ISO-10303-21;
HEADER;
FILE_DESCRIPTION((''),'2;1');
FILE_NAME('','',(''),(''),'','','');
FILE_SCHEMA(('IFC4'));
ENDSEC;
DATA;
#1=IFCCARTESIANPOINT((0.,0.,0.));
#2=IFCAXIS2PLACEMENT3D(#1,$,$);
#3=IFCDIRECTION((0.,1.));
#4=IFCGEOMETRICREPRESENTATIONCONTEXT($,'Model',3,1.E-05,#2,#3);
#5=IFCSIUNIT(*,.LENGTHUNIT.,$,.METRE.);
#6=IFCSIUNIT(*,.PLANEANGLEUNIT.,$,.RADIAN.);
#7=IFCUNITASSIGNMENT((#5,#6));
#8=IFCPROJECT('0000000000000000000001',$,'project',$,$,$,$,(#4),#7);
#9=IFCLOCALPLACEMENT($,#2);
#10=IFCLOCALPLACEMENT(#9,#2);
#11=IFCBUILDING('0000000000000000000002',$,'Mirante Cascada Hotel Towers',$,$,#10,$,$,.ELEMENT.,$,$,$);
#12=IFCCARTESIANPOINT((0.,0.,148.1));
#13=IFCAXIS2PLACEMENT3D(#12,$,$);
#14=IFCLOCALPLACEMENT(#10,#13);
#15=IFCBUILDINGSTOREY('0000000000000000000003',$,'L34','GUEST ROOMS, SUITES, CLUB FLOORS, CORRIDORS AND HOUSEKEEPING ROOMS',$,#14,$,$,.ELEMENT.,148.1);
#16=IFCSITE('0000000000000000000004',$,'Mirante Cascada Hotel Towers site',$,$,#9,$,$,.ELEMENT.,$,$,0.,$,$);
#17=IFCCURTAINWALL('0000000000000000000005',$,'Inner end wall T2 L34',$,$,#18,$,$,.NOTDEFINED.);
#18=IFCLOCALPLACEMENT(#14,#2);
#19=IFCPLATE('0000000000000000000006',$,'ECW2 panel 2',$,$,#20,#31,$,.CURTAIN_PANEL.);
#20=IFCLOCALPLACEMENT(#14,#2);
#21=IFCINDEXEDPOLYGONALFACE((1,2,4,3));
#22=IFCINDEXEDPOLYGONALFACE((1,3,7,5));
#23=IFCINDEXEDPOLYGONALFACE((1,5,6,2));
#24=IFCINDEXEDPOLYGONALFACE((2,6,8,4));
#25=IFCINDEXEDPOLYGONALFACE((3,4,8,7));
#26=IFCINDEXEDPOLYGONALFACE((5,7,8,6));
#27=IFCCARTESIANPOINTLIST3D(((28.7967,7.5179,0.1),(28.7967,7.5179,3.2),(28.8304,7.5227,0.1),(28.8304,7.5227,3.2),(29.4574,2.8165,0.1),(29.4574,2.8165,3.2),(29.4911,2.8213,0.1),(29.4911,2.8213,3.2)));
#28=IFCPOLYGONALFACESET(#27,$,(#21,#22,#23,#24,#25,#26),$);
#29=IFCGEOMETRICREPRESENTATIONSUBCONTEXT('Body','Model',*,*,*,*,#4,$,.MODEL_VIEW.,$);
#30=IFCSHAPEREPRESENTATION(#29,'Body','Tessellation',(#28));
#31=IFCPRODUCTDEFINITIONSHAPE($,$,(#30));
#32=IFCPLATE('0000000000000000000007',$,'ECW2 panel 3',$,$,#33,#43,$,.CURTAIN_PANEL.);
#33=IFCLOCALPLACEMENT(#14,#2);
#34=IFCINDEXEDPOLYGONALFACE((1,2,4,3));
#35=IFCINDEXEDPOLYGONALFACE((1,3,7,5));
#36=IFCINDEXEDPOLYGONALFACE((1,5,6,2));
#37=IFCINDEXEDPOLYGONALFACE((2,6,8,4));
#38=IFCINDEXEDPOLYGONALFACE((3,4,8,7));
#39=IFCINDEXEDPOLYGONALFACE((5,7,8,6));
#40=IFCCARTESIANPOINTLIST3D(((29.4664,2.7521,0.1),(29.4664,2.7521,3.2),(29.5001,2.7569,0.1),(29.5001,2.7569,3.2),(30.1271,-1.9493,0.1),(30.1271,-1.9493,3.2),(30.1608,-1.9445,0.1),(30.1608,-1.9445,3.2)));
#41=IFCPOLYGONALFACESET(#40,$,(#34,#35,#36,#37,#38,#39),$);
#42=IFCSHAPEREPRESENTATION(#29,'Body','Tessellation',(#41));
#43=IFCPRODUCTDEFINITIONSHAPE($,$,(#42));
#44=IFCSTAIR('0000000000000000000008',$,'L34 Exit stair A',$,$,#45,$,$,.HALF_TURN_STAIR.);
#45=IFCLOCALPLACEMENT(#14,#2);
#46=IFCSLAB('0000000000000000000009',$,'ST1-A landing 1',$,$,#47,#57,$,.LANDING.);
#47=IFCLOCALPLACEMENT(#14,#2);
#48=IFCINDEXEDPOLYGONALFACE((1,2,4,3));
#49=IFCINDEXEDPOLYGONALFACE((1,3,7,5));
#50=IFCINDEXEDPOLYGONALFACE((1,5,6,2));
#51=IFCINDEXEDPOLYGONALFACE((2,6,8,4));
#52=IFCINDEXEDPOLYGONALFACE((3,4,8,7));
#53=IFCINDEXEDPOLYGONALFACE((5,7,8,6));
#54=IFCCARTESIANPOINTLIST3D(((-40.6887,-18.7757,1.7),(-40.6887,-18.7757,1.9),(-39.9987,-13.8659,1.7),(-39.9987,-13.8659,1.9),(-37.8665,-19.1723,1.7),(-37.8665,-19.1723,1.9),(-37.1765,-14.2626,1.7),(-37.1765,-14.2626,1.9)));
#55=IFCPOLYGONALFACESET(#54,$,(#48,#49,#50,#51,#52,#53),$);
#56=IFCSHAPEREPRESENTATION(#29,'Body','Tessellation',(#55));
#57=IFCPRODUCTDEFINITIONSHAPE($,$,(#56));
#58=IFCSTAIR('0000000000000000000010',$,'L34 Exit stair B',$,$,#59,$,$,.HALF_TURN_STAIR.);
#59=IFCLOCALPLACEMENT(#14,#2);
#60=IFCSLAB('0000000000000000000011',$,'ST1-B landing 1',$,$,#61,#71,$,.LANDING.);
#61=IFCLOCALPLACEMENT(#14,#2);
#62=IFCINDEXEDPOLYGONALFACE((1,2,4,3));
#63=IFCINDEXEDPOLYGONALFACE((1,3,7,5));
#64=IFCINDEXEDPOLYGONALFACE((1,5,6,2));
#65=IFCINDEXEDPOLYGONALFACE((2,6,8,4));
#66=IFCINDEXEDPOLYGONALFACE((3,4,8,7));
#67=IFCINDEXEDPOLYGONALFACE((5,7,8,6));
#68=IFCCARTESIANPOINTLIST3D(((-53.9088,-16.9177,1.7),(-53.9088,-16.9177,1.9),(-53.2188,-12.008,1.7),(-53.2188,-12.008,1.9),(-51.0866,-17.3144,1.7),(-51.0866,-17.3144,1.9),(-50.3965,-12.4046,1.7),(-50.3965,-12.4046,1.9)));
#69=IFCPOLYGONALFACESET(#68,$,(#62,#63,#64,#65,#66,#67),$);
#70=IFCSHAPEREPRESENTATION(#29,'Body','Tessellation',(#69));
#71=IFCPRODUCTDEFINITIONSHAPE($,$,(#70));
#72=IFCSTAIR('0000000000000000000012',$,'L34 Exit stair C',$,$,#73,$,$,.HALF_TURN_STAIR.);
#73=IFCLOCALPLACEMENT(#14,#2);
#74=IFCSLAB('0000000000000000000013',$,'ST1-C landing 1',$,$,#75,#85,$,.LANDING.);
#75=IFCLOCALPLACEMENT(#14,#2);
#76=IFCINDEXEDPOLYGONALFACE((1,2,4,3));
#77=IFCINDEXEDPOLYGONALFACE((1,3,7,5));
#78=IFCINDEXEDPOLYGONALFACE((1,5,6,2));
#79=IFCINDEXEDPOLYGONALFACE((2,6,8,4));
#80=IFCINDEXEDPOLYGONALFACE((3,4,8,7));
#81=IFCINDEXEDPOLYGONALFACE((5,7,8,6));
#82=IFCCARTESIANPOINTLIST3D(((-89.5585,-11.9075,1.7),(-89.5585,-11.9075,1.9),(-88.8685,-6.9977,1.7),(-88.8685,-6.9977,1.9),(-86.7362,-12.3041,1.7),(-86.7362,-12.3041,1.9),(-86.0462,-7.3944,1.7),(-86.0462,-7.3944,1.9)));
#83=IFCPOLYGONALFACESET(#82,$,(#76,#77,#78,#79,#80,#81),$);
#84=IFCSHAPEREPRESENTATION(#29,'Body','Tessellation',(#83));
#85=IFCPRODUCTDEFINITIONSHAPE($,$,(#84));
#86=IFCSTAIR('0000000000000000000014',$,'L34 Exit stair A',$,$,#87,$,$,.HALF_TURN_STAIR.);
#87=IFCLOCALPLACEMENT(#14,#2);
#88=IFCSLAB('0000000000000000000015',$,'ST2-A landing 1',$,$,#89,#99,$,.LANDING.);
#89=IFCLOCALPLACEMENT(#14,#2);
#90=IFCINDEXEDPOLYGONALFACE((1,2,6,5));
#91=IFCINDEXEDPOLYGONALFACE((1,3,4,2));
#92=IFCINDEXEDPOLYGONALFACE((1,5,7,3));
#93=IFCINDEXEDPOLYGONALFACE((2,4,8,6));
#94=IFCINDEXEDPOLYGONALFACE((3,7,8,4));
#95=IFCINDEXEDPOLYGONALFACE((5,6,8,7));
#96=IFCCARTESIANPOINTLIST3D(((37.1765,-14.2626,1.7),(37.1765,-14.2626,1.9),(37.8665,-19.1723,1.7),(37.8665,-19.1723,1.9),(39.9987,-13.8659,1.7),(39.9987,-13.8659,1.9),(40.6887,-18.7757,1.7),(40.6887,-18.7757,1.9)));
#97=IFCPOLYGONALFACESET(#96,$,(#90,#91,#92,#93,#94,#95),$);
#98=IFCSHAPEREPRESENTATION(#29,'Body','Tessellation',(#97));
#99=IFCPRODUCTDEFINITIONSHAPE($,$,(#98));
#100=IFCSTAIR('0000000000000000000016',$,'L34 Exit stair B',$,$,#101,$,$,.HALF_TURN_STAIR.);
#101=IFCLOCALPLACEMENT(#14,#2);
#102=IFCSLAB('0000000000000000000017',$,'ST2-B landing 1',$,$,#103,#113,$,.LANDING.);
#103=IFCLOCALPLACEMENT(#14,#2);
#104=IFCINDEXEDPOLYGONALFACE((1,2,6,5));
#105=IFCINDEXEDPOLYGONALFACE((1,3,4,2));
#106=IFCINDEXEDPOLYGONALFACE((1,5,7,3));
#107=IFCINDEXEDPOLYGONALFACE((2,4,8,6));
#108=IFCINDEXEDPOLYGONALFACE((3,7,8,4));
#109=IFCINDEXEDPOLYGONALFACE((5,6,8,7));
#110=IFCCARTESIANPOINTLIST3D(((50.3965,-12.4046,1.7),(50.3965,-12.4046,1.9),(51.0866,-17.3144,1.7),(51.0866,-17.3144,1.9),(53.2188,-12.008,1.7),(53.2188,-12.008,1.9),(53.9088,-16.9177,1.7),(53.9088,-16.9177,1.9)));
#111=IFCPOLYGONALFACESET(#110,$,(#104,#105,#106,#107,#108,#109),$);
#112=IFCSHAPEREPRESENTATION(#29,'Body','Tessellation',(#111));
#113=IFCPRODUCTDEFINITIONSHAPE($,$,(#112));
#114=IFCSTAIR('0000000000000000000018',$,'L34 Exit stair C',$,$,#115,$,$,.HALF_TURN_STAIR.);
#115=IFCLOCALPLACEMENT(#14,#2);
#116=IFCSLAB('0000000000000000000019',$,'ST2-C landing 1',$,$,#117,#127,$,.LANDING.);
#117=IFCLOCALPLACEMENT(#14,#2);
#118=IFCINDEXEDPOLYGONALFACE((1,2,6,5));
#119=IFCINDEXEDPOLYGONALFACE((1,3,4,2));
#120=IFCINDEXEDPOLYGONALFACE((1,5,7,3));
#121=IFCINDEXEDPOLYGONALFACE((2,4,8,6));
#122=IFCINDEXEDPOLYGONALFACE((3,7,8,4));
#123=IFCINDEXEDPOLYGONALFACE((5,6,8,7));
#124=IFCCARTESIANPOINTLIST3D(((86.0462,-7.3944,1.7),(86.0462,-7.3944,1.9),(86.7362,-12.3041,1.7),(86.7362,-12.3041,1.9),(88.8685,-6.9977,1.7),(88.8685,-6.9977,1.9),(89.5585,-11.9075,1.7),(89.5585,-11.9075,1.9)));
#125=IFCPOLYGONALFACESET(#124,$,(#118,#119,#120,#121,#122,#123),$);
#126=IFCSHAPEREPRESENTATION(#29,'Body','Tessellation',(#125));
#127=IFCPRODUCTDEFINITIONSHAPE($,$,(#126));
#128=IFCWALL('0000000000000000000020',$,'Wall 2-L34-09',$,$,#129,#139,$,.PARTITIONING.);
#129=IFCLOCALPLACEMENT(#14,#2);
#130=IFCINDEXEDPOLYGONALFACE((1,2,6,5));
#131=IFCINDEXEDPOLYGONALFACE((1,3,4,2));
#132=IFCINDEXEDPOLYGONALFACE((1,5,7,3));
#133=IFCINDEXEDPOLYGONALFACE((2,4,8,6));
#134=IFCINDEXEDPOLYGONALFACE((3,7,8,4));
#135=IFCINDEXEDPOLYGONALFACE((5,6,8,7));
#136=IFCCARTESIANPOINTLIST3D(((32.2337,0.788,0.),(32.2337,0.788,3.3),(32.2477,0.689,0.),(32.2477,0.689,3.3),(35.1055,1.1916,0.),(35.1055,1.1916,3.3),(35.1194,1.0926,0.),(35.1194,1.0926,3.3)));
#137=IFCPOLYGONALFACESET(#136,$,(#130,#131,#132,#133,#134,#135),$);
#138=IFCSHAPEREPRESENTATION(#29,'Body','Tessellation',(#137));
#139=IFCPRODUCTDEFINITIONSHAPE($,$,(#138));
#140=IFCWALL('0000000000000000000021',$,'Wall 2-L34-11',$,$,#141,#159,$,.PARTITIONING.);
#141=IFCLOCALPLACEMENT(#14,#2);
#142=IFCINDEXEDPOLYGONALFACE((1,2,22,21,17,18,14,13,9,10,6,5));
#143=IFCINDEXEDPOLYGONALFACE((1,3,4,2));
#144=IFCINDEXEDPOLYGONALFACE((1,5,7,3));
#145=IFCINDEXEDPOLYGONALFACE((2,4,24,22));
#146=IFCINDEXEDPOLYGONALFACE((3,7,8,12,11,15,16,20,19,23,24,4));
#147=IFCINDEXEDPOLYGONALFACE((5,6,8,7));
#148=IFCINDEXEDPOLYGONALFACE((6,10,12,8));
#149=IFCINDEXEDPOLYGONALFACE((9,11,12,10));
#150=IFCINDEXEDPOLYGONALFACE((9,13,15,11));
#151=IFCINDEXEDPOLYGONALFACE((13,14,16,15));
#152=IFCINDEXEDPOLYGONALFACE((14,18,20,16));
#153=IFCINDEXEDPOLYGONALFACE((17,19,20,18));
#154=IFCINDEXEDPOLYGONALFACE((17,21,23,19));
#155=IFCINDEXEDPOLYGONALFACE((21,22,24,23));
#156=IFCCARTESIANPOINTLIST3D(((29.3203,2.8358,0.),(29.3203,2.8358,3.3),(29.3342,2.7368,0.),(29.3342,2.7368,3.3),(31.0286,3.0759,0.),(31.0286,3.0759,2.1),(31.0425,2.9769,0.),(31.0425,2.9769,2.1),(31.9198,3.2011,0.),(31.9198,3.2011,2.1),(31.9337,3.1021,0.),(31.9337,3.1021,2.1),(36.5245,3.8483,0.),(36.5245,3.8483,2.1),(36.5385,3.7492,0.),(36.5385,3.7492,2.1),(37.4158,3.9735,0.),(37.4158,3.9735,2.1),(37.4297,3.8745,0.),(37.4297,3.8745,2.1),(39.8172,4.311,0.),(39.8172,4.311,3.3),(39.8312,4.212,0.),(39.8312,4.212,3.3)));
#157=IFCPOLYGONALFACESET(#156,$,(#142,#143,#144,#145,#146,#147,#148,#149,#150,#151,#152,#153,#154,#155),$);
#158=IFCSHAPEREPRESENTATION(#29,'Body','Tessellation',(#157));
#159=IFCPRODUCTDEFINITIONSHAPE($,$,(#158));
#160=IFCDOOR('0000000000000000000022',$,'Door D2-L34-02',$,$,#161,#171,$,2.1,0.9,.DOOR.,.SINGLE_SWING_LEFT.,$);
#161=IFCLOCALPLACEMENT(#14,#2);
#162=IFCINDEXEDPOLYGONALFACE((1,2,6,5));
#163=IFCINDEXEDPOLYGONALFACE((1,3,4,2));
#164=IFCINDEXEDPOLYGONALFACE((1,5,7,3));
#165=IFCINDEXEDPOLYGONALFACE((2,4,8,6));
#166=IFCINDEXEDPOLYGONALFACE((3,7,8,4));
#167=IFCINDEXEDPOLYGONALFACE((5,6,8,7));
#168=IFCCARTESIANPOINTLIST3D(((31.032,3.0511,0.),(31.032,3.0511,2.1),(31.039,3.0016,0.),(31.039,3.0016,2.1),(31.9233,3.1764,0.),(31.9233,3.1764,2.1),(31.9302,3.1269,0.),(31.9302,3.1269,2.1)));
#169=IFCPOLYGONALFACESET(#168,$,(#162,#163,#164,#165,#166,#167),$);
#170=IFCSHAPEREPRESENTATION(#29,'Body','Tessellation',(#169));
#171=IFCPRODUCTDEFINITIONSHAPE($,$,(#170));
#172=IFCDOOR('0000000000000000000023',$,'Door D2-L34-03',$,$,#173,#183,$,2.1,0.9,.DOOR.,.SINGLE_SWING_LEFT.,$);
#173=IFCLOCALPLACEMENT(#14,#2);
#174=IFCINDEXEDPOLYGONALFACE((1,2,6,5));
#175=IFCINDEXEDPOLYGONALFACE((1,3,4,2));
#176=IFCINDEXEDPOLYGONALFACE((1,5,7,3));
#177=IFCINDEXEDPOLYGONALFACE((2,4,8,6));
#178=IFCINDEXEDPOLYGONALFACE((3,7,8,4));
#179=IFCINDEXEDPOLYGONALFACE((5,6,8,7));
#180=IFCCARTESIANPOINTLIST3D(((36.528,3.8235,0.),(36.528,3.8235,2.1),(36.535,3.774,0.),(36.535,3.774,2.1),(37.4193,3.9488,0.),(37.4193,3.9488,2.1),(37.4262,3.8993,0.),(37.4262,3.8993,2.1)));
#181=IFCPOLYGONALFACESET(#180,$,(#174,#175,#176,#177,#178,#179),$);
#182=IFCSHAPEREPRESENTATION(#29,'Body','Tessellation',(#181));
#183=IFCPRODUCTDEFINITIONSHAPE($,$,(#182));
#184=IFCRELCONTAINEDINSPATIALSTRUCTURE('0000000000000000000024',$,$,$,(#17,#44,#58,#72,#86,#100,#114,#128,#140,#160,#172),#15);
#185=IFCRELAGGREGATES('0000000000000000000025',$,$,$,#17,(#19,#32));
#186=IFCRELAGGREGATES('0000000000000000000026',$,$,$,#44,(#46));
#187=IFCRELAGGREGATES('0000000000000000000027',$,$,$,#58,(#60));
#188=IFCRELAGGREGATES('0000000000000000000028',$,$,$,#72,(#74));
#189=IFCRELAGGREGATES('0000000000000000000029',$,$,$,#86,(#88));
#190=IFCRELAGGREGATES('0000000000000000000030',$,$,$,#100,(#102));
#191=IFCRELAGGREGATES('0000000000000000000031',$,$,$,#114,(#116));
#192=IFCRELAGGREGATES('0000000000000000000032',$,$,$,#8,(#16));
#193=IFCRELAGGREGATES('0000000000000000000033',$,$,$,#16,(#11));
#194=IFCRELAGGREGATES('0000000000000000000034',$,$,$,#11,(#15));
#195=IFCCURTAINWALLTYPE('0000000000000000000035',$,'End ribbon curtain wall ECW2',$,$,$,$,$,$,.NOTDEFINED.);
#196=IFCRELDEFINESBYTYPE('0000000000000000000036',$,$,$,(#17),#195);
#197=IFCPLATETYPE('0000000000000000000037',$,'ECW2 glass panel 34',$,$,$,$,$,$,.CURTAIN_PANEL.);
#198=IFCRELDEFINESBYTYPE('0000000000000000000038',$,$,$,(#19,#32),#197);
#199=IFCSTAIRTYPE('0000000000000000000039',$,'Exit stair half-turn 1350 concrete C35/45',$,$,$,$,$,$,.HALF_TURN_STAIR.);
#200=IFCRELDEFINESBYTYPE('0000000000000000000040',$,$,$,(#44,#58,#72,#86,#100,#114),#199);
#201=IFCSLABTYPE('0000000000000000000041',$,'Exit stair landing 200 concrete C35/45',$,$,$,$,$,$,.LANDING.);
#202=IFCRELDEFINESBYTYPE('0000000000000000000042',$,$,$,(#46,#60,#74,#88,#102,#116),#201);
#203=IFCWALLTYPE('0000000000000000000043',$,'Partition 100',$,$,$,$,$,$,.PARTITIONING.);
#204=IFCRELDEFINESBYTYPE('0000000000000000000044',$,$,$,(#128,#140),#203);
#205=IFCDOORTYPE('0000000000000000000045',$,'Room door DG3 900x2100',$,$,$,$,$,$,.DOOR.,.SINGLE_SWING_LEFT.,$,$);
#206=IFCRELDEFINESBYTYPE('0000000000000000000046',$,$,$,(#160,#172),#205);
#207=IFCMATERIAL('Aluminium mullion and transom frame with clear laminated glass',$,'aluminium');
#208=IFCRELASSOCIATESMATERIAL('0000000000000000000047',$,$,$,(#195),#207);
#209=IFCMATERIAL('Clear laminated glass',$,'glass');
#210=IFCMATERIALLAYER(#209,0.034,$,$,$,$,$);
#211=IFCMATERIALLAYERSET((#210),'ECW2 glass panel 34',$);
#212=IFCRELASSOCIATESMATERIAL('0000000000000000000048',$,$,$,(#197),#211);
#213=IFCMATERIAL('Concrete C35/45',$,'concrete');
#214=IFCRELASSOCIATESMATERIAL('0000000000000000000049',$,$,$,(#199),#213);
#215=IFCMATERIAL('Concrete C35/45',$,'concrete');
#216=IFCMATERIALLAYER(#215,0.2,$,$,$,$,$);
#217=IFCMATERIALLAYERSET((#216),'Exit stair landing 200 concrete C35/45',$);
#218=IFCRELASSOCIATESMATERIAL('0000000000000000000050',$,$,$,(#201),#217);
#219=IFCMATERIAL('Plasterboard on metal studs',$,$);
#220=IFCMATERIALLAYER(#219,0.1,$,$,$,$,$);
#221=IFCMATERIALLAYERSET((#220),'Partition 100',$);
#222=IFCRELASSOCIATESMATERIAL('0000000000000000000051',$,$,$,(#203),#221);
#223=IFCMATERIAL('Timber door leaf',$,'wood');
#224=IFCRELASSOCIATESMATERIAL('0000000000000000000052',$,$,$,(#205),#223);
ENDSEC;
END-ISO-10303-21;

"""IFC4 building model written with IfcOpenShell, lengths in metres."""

from ifc_helpers import new_model, si_unit, direction, frame, frame_2d, origin, origin_2d, place, context, subcontext, project, spatial, polyline, rectangle, outline, extrude, material, layer, layer_set, type_object, element, fill, aggregate, save


model = new_model("IFC4")

# Units and contexts
model_context = context("Model", 3, precision=1e-05, world=origin(), true_north=direction((0.0, 1.0)))
body_context = subcontext(model_context, "Body", "Model", "MODEL_VIEW")
ifc_project = project(units=[si_unit("LENGTHUNIT", "METRE"), si_unit("PLANEANGLEUNIT", "RADIAN")], contexts=[model_context])

# Site, building, storey
site_placement = place(None, origin())
site = spatial("IfcSite", under=ifc_project, at=site_placement, Name="Mirante Cascada Hotel Towers site", CompositionType="ELEMENT", RefElevation=0.0)
building_placement = place(site_placement, origin())
building = spatial("IfcBuilding", under=site, at=building_placement, Name="Mirante Cascada Hotel Towers", CompositionType="ELEMENT")
storey_placement = place(building_placement, frame((0.0, 0.0, 148.1)))
storey = spatial("IfcBuildingStorey", under=building, at=storey_placement, Name="L34", Description="GUEST ROOMS, SUITES, CLUB FLOORS, CORRIDORS AND HOUSEKEEPING ROOMS", CompositionType="ELEMENT", Elevation=148.1)

# Curtain wall
ifc_material_1 = material(Name="Aluminium mullion and transom frame with clear laminated glass", Category="aluminium")
curtain_wall_type_1 = type_object("IfcCurtainWallType", Name="End ribbon curtain wall ECW2", PredefinedType="NOTDEFINED", material=ifc_material_1)
curtain_wall_1_placement = place(storey_placement, origin())
curtain_wall_1 = element("IfcCurtainWall", 1, at=curtain_wall_1_placement, inside=storey, type_object=curtain_wall_type_1, Name="Inner end wall T2 L34", PredefinedType="NOTDEFINED")

# Plates
ifc_material_2 = material(Name="Clear laminated glass", Category="glass")
ifc_layer_1 = layer(ifc_material_2, 0.034)
ifc_layer_set_1 = layer_set([ifc_layer_1], Name="ECW2 glass panel 34")
plate_type_1 = type_object("IfcPlateType", Name="ECW2 glass panel 34", PredefinedType="CURTAIN_PANEL", material=ifc_layer_set_1)
plate_1_placement = place(storey_placement, frame((29.1439, 5.1696, 0.1), z_axis=(0.0, 0.0, 1.0), x_axis=(0.139173, -0.990268, 0.0)))
plate_1 = element("IfcPlate", 2, at=plate_1_placement, type_object=plate_type_1, Name="ECW2 panel 2", PredefinedType="CURTAIN_PANEL", context=body_context, shape_type="SweptSolid", body=[
    extrude(rectangle(XDim=4.7476, YDim=0.034, at=origin_2d()), origin(), (0.0, 0.0, 1.0), 3.1),
])
plate_2_placement = place(storey_placement, frame((29.8136, 0.4038, 0.1), z_axis=(0.0, 0.0, 1.0), x_axis=(0.139173, -0.990268, 0.0)))
plate_2 = element("IfcPlate", 3, at=plate_2_placement, type_object=plate_type_1, Name="ECW2 panel 3", PredefinedType="CURTAIN_PANEL", context=body_context, shape_type="SweptSolid", body=[
    extrude(rectangle(XDim=4.7476, YDim=0.034, at=origin_2d()), origin(), (0.0, 0.0, 1.0), 3.1),
])
aggregate(curtain_wall_1, [plate_1, plate_2])

# Stairs, slabs
ifc_material_3 = material(Name="Concrete C35/45", Category="concrete")
stair_type = type_object("IfcStairType", Name="Exit stair half-turn 1350 concrete C35/45", PredefinedType="HALF_TURN_STAIR", material=ifc_material_3)
stair_1_placement = place(storey_placement, origin())
stair_1 = element("IfcStair", 4, at=stair_1_placement, inside=storey, type_object=stair_type, Name="L34 Exit stair A", PredefinedType="HALF_TURN_STAIR")
ifc_material_4 = material(Name="Concrete C35/45", Category="concrete")
ifc_layer_2 = layer(ifc_material_4, 0.2)
ifc_layer_set_2 = layer_set([ifc_layer_2], Name="Exit stair landing 200 concrete C35/45")
slab_type = type_object("IfcSlabType", Name="Exit stair landing 200 concrete C35/45", PredefinedType="LANDING", material=ifc_layer_set_2)
slab_1_placement = place(storey_placement, frame((0.0, 0.0, 1.7)))
slab_1 = element("IfcSlab", 5, at=slab_1_placement, type_object=slab_type, Name="ST1-A landing 1", PredefinedType="LANDING", context=body_context, shape_type="SweptSolid", body=[
    extrude(outline(polyline([(-39.9987, -13.8659), (-40.6887, -18.7757), (-37.8665, -19.1723), (-37.1765, -14.2626), (-39.9987, -13.8659)])), origin(), (0.0, 0.0, 1.0), 0.2),
])
aggregate(stair_1, [slab_1])
stair_2_placement = place(storey_placement, origin())
stair_2 = element("IfcStair", 6, at=stair_2_placement, inside=storey, type_object=stair_type, Name="L34 Exit stair B", PredefinedType="HALF_TURN_STAIR")
slab_2_placement = place(storey_placement, frame((0.0, 0.0, 1.7)))
slab_2 = element("IfcSlab", 7, at=slab_2_placement, type_object=slab_type, Name="ST1-B landing 1", PredefinedType="LANDING", context=body_context, shape_type="SweptSolid", body=[
    extrude(outline(polyline([(-53.2188, -12.008), (-53.9088, -16.9177), (-51.0866, -17.3144), (-50.3965, -12.4046), (-53.2188, -12.008)])), origin(), (0.0, 0.0, 1.0), 0.2),
])
aggregate(stair_2, [slab_2])
stair_3_placement = place(storey_placement, origin())
stair_3 = element("IfcStair", 8, at=stair_3_placement, inside=storey, type_object=stair_type, Name="L34 Exit stair C", PredefinedType="HALF_TURN_STAIR")
slab_3_placement = place(storey_placement, frame((0.0, 0.0, 1.7)))
slab_3 = element("IfcSlab", 9, at=slab_3_placement, type_object=slab_type, Name="ST1-C landing 1", PredefinedType="LANDING", context=body_context, shape_type="SweptSolid", body=[
    extrude(outline(polyline([(-88.8685, -6.9977), (-89.5585, -11.9075), (-86.7362, -12.3041), (-86.0462, -7.3944), (-88.8685, -6.9977)])), origin(), (0.0, 0.0, 1.0), 0.2),
])
aggregate(stair_3, [slab_3])
stair_4_placement = place(storey_placement, origin())
stair_4 = element("IfcStair", 10, at=stair_4_placement, inside=storey, type_object=stair_type, Name="L34 Exit stair A", PredefinedType="HALF_TURN_STAIR")
slab_4_placement = place(storey_placement, frame((0.0, 0.0, 1.7)))
slab_4 = element("IfcSlab", 11, at=slab_4_placement, type_object=slab_type, Name="ST2-A landing 1", PredefinedType="LANDING", context=body_context, shape_type="SweptSolid", body=[
    extrude(outline(polyline([(37.1765, -14.2626), (37.8665, -19.1723), (40.6887, -18.7757), (39.9987, -13.8659), (37.1765, -14.2626)])), origin(), (0.0, 0.0, 1.0), 0.2),
])
aggregate(stair_4, [slab_4])
stair_5_placement = place(storey_placement, origin())
stair_5 = element("IfcStair", 12, at=stair_5_placement, inside=storey, type_object=stair_type, Name="L34 Exit stair B", PredefinedType="HALF_TURN_STAIR")
slab_5_placement = place(storey_placement, frame((0.0, 0.0, 1.7)))
slab_5 = element("IfcSlab", 13, at=slab_5_placement, type_object=slab_type, Name="ST2-B landing 1", PredefinedType="LANDING", context=body_context, shape_type="SweptSolid", body=[
    extrude(outline(polyline([(50.3965, -12.4046), (51.0866, -17.3144), (53.9088, -16.9177), (53.2188, -12.008), (50.3965, -12.4046)])), origin(), (0.0, 0.0, 1.0), 0.2),
])
aggregate(stair_5, [slab_5])
stair_6_placement = place(storey_placement, origin())
stair_6 = element("IfcStair", 14, at=stair_6_placement, inside=storey, type_object=stair_type, Name="L34 Exit stair C", PredefinedType="HALF_TURN_STAIR")
slab_6_placement = place(storey_placement, frame((0.0, 0.0, 1.7)))
slab_6 = element("IfcSlab", 15, at=slab_6_placement, type_object=slab_type, Name="ST2-C landing 1", PredefinedType="LANDING", context=body_context, shape_type="SweptSolid", body=[
    extrude(outline(polyline([(86.0462, -7.3944), (86.7362, -12.3041), (89.5585, -11.9075), (88.8685, -6.9977), (86.0462, -7.3944)])), origin(), (0.0, 0.0, 1.0), 0.2),
])
aggregate(stair_6, [slab_6])

# Wall
ifc_material_5 = material(Name="Plasterboard on metal studs")
ifc_layer_3 = layer(ifc_material_5, 0.1)
ifc_layer_set_3 = layer_set([ifc_layer_3], Name="Partition 100")
wall_type_1 = type_object("IfcWallType", Name="Partition 100", PredefinedType="PARTITIONING", material=ifc_layer_set_3)
wall_1_placement = place(storey_placement, frame((32.2407, 0.7385, 0.0), z_axis=(0.0, 0.0, 1.0), x_axis=(0.990268, 0.139171, 0.0)))
element("IfcWall", 16, at=wall_1_placement, inside=storey, type_object=wall_type_1, Name="Wall 2-L34-09", PredefinedType="PARTITIONING", context=body_context, shape_type="SweptSolid", body=[
    extrude(rectangle(XDim=2.9, YDim=0.1, at=frame_2d((1.45, 0.0))), origin(), (0.0, 0.0, 1.0), 3.3),
])

# Wall, openings, doors
wall_2_placement = place(storey_placement, frame((29.3273, 2.7863, 0.0), z_axis=(0.0, 0.0, 1.0), x_axis=(0.990269, 0.139169, 0.0)))
wall_2 = element("IfcWall", 17, at=wall_2_placement, inside=storey, type_object=wall_type_1, Name="Wall 2-L34-11", PredefinedType="PARTITIONING", context=body_context, shape_type="SweptSolid", body=[
    extrude(rectangle(XDim=10.6001, YDim=0.1, at=frame_2d((5.3, 0.0))), origin(), (0.0, 0.0, 1.0), 3.3),
])
opening_1_placement = place(wall_2_placement, frame((1.725, 0.0, 0.0)))
opening_1 = element("IfcOpeningElement", 18, at=opening_1_placement, cuts=wall_2, PredefinedType="OPENING", context=body_context, shape_type="SweptSolid", body=[
    extrude(rectangle(XDim=0.9, YDim=2.1, at=frame_2d((0.45, 1.05))), frame((0.0, 0.05, 0.0), z_axis=(0.0, -1.0, 0.0), x_axis=(1.0, 0.0, 0.0)), (0.0, 0.0, 1.0), 0.1),
])
opening_2_placement = place(wall_2_placement, frame((7.275, 0.0, 0.0)))
opening_2 = element("IfcOpeningElement", 19, at=opening_2_placement, cuts=wall_2, PredefinedType="OPENING", context=body_context, shape_type="SweptSolid", body=[
    extrude(rectangle(XDim=0.9, YDim=2.1, at=frame_2d((0.45, 1.05))), frame((0.0, 0.05, 0.0), z_axis=(0.0, -1.0, 0.0), x_axis=(1.0, 0.0, 0.0)), (0.0, 0.0, 1.0), 0.1),
])
ifc_material_6 = material(Name="Timber door leaf", Category="wood")
door_type_1 = type_object("IfcDoorType", Name="Room door DG3 900x2100", OperationType="SINGLE_SWING_LEFT", PredefinedType="DOOR", material=ifc_material_6)
door_1_placement = place(opening_1_placement, origin())
door_1 = element("IfcDoor", 20, at=door_1_placement, inside=storey, type_object=door_type_1, Name="Door D2-L34-02", OperationType="SINGLE_SWING_LEFT", OverallHeight=2.1, OverallWidth=0.9, PredefinedType="DOOR", context=body_context, shape_type="SweptSolid", body=[
    extrude(rectangle(XDim=0.9, YDim=2.1, at=frame_2d((0.45, 1.05))), frame((0.0, 0.025, 0.0), z_axis=(0.0, -1.0, 0.0), x_axis=(1.0, 0.0, 0.0)), (0.0, 0.0, 1.0), 0.05),
])
fill(opening_1, door_1)
door_2_placement = place(opening_2_placement, origin())
door_2 = element("IfcDoor", 21, at=door_2_placement, inside=storey, type_object=door_type_1, Name="Door D2-L34-03", OperationType="SINGLE_SWING_LEFT", OverallHeight=2.1, OverallWidth=0.9, PredefinedType="DOOR", context=body_context, shape_type="SweptSolid", body=[
    extrude(rectangle(XDim=0.9, YDim=2.1, at=frame_2d((0.45, 1.05))), frame((0.0, 0.025, 0.0), z_axis=(0.0, -1.0, 0.0), x_axis=(1.0, 0.0, 0.0)), (0.0, 0.0, 1.0), 0.05),
])
fill(opening_2, door_2)

save(model, "model.ifc")
